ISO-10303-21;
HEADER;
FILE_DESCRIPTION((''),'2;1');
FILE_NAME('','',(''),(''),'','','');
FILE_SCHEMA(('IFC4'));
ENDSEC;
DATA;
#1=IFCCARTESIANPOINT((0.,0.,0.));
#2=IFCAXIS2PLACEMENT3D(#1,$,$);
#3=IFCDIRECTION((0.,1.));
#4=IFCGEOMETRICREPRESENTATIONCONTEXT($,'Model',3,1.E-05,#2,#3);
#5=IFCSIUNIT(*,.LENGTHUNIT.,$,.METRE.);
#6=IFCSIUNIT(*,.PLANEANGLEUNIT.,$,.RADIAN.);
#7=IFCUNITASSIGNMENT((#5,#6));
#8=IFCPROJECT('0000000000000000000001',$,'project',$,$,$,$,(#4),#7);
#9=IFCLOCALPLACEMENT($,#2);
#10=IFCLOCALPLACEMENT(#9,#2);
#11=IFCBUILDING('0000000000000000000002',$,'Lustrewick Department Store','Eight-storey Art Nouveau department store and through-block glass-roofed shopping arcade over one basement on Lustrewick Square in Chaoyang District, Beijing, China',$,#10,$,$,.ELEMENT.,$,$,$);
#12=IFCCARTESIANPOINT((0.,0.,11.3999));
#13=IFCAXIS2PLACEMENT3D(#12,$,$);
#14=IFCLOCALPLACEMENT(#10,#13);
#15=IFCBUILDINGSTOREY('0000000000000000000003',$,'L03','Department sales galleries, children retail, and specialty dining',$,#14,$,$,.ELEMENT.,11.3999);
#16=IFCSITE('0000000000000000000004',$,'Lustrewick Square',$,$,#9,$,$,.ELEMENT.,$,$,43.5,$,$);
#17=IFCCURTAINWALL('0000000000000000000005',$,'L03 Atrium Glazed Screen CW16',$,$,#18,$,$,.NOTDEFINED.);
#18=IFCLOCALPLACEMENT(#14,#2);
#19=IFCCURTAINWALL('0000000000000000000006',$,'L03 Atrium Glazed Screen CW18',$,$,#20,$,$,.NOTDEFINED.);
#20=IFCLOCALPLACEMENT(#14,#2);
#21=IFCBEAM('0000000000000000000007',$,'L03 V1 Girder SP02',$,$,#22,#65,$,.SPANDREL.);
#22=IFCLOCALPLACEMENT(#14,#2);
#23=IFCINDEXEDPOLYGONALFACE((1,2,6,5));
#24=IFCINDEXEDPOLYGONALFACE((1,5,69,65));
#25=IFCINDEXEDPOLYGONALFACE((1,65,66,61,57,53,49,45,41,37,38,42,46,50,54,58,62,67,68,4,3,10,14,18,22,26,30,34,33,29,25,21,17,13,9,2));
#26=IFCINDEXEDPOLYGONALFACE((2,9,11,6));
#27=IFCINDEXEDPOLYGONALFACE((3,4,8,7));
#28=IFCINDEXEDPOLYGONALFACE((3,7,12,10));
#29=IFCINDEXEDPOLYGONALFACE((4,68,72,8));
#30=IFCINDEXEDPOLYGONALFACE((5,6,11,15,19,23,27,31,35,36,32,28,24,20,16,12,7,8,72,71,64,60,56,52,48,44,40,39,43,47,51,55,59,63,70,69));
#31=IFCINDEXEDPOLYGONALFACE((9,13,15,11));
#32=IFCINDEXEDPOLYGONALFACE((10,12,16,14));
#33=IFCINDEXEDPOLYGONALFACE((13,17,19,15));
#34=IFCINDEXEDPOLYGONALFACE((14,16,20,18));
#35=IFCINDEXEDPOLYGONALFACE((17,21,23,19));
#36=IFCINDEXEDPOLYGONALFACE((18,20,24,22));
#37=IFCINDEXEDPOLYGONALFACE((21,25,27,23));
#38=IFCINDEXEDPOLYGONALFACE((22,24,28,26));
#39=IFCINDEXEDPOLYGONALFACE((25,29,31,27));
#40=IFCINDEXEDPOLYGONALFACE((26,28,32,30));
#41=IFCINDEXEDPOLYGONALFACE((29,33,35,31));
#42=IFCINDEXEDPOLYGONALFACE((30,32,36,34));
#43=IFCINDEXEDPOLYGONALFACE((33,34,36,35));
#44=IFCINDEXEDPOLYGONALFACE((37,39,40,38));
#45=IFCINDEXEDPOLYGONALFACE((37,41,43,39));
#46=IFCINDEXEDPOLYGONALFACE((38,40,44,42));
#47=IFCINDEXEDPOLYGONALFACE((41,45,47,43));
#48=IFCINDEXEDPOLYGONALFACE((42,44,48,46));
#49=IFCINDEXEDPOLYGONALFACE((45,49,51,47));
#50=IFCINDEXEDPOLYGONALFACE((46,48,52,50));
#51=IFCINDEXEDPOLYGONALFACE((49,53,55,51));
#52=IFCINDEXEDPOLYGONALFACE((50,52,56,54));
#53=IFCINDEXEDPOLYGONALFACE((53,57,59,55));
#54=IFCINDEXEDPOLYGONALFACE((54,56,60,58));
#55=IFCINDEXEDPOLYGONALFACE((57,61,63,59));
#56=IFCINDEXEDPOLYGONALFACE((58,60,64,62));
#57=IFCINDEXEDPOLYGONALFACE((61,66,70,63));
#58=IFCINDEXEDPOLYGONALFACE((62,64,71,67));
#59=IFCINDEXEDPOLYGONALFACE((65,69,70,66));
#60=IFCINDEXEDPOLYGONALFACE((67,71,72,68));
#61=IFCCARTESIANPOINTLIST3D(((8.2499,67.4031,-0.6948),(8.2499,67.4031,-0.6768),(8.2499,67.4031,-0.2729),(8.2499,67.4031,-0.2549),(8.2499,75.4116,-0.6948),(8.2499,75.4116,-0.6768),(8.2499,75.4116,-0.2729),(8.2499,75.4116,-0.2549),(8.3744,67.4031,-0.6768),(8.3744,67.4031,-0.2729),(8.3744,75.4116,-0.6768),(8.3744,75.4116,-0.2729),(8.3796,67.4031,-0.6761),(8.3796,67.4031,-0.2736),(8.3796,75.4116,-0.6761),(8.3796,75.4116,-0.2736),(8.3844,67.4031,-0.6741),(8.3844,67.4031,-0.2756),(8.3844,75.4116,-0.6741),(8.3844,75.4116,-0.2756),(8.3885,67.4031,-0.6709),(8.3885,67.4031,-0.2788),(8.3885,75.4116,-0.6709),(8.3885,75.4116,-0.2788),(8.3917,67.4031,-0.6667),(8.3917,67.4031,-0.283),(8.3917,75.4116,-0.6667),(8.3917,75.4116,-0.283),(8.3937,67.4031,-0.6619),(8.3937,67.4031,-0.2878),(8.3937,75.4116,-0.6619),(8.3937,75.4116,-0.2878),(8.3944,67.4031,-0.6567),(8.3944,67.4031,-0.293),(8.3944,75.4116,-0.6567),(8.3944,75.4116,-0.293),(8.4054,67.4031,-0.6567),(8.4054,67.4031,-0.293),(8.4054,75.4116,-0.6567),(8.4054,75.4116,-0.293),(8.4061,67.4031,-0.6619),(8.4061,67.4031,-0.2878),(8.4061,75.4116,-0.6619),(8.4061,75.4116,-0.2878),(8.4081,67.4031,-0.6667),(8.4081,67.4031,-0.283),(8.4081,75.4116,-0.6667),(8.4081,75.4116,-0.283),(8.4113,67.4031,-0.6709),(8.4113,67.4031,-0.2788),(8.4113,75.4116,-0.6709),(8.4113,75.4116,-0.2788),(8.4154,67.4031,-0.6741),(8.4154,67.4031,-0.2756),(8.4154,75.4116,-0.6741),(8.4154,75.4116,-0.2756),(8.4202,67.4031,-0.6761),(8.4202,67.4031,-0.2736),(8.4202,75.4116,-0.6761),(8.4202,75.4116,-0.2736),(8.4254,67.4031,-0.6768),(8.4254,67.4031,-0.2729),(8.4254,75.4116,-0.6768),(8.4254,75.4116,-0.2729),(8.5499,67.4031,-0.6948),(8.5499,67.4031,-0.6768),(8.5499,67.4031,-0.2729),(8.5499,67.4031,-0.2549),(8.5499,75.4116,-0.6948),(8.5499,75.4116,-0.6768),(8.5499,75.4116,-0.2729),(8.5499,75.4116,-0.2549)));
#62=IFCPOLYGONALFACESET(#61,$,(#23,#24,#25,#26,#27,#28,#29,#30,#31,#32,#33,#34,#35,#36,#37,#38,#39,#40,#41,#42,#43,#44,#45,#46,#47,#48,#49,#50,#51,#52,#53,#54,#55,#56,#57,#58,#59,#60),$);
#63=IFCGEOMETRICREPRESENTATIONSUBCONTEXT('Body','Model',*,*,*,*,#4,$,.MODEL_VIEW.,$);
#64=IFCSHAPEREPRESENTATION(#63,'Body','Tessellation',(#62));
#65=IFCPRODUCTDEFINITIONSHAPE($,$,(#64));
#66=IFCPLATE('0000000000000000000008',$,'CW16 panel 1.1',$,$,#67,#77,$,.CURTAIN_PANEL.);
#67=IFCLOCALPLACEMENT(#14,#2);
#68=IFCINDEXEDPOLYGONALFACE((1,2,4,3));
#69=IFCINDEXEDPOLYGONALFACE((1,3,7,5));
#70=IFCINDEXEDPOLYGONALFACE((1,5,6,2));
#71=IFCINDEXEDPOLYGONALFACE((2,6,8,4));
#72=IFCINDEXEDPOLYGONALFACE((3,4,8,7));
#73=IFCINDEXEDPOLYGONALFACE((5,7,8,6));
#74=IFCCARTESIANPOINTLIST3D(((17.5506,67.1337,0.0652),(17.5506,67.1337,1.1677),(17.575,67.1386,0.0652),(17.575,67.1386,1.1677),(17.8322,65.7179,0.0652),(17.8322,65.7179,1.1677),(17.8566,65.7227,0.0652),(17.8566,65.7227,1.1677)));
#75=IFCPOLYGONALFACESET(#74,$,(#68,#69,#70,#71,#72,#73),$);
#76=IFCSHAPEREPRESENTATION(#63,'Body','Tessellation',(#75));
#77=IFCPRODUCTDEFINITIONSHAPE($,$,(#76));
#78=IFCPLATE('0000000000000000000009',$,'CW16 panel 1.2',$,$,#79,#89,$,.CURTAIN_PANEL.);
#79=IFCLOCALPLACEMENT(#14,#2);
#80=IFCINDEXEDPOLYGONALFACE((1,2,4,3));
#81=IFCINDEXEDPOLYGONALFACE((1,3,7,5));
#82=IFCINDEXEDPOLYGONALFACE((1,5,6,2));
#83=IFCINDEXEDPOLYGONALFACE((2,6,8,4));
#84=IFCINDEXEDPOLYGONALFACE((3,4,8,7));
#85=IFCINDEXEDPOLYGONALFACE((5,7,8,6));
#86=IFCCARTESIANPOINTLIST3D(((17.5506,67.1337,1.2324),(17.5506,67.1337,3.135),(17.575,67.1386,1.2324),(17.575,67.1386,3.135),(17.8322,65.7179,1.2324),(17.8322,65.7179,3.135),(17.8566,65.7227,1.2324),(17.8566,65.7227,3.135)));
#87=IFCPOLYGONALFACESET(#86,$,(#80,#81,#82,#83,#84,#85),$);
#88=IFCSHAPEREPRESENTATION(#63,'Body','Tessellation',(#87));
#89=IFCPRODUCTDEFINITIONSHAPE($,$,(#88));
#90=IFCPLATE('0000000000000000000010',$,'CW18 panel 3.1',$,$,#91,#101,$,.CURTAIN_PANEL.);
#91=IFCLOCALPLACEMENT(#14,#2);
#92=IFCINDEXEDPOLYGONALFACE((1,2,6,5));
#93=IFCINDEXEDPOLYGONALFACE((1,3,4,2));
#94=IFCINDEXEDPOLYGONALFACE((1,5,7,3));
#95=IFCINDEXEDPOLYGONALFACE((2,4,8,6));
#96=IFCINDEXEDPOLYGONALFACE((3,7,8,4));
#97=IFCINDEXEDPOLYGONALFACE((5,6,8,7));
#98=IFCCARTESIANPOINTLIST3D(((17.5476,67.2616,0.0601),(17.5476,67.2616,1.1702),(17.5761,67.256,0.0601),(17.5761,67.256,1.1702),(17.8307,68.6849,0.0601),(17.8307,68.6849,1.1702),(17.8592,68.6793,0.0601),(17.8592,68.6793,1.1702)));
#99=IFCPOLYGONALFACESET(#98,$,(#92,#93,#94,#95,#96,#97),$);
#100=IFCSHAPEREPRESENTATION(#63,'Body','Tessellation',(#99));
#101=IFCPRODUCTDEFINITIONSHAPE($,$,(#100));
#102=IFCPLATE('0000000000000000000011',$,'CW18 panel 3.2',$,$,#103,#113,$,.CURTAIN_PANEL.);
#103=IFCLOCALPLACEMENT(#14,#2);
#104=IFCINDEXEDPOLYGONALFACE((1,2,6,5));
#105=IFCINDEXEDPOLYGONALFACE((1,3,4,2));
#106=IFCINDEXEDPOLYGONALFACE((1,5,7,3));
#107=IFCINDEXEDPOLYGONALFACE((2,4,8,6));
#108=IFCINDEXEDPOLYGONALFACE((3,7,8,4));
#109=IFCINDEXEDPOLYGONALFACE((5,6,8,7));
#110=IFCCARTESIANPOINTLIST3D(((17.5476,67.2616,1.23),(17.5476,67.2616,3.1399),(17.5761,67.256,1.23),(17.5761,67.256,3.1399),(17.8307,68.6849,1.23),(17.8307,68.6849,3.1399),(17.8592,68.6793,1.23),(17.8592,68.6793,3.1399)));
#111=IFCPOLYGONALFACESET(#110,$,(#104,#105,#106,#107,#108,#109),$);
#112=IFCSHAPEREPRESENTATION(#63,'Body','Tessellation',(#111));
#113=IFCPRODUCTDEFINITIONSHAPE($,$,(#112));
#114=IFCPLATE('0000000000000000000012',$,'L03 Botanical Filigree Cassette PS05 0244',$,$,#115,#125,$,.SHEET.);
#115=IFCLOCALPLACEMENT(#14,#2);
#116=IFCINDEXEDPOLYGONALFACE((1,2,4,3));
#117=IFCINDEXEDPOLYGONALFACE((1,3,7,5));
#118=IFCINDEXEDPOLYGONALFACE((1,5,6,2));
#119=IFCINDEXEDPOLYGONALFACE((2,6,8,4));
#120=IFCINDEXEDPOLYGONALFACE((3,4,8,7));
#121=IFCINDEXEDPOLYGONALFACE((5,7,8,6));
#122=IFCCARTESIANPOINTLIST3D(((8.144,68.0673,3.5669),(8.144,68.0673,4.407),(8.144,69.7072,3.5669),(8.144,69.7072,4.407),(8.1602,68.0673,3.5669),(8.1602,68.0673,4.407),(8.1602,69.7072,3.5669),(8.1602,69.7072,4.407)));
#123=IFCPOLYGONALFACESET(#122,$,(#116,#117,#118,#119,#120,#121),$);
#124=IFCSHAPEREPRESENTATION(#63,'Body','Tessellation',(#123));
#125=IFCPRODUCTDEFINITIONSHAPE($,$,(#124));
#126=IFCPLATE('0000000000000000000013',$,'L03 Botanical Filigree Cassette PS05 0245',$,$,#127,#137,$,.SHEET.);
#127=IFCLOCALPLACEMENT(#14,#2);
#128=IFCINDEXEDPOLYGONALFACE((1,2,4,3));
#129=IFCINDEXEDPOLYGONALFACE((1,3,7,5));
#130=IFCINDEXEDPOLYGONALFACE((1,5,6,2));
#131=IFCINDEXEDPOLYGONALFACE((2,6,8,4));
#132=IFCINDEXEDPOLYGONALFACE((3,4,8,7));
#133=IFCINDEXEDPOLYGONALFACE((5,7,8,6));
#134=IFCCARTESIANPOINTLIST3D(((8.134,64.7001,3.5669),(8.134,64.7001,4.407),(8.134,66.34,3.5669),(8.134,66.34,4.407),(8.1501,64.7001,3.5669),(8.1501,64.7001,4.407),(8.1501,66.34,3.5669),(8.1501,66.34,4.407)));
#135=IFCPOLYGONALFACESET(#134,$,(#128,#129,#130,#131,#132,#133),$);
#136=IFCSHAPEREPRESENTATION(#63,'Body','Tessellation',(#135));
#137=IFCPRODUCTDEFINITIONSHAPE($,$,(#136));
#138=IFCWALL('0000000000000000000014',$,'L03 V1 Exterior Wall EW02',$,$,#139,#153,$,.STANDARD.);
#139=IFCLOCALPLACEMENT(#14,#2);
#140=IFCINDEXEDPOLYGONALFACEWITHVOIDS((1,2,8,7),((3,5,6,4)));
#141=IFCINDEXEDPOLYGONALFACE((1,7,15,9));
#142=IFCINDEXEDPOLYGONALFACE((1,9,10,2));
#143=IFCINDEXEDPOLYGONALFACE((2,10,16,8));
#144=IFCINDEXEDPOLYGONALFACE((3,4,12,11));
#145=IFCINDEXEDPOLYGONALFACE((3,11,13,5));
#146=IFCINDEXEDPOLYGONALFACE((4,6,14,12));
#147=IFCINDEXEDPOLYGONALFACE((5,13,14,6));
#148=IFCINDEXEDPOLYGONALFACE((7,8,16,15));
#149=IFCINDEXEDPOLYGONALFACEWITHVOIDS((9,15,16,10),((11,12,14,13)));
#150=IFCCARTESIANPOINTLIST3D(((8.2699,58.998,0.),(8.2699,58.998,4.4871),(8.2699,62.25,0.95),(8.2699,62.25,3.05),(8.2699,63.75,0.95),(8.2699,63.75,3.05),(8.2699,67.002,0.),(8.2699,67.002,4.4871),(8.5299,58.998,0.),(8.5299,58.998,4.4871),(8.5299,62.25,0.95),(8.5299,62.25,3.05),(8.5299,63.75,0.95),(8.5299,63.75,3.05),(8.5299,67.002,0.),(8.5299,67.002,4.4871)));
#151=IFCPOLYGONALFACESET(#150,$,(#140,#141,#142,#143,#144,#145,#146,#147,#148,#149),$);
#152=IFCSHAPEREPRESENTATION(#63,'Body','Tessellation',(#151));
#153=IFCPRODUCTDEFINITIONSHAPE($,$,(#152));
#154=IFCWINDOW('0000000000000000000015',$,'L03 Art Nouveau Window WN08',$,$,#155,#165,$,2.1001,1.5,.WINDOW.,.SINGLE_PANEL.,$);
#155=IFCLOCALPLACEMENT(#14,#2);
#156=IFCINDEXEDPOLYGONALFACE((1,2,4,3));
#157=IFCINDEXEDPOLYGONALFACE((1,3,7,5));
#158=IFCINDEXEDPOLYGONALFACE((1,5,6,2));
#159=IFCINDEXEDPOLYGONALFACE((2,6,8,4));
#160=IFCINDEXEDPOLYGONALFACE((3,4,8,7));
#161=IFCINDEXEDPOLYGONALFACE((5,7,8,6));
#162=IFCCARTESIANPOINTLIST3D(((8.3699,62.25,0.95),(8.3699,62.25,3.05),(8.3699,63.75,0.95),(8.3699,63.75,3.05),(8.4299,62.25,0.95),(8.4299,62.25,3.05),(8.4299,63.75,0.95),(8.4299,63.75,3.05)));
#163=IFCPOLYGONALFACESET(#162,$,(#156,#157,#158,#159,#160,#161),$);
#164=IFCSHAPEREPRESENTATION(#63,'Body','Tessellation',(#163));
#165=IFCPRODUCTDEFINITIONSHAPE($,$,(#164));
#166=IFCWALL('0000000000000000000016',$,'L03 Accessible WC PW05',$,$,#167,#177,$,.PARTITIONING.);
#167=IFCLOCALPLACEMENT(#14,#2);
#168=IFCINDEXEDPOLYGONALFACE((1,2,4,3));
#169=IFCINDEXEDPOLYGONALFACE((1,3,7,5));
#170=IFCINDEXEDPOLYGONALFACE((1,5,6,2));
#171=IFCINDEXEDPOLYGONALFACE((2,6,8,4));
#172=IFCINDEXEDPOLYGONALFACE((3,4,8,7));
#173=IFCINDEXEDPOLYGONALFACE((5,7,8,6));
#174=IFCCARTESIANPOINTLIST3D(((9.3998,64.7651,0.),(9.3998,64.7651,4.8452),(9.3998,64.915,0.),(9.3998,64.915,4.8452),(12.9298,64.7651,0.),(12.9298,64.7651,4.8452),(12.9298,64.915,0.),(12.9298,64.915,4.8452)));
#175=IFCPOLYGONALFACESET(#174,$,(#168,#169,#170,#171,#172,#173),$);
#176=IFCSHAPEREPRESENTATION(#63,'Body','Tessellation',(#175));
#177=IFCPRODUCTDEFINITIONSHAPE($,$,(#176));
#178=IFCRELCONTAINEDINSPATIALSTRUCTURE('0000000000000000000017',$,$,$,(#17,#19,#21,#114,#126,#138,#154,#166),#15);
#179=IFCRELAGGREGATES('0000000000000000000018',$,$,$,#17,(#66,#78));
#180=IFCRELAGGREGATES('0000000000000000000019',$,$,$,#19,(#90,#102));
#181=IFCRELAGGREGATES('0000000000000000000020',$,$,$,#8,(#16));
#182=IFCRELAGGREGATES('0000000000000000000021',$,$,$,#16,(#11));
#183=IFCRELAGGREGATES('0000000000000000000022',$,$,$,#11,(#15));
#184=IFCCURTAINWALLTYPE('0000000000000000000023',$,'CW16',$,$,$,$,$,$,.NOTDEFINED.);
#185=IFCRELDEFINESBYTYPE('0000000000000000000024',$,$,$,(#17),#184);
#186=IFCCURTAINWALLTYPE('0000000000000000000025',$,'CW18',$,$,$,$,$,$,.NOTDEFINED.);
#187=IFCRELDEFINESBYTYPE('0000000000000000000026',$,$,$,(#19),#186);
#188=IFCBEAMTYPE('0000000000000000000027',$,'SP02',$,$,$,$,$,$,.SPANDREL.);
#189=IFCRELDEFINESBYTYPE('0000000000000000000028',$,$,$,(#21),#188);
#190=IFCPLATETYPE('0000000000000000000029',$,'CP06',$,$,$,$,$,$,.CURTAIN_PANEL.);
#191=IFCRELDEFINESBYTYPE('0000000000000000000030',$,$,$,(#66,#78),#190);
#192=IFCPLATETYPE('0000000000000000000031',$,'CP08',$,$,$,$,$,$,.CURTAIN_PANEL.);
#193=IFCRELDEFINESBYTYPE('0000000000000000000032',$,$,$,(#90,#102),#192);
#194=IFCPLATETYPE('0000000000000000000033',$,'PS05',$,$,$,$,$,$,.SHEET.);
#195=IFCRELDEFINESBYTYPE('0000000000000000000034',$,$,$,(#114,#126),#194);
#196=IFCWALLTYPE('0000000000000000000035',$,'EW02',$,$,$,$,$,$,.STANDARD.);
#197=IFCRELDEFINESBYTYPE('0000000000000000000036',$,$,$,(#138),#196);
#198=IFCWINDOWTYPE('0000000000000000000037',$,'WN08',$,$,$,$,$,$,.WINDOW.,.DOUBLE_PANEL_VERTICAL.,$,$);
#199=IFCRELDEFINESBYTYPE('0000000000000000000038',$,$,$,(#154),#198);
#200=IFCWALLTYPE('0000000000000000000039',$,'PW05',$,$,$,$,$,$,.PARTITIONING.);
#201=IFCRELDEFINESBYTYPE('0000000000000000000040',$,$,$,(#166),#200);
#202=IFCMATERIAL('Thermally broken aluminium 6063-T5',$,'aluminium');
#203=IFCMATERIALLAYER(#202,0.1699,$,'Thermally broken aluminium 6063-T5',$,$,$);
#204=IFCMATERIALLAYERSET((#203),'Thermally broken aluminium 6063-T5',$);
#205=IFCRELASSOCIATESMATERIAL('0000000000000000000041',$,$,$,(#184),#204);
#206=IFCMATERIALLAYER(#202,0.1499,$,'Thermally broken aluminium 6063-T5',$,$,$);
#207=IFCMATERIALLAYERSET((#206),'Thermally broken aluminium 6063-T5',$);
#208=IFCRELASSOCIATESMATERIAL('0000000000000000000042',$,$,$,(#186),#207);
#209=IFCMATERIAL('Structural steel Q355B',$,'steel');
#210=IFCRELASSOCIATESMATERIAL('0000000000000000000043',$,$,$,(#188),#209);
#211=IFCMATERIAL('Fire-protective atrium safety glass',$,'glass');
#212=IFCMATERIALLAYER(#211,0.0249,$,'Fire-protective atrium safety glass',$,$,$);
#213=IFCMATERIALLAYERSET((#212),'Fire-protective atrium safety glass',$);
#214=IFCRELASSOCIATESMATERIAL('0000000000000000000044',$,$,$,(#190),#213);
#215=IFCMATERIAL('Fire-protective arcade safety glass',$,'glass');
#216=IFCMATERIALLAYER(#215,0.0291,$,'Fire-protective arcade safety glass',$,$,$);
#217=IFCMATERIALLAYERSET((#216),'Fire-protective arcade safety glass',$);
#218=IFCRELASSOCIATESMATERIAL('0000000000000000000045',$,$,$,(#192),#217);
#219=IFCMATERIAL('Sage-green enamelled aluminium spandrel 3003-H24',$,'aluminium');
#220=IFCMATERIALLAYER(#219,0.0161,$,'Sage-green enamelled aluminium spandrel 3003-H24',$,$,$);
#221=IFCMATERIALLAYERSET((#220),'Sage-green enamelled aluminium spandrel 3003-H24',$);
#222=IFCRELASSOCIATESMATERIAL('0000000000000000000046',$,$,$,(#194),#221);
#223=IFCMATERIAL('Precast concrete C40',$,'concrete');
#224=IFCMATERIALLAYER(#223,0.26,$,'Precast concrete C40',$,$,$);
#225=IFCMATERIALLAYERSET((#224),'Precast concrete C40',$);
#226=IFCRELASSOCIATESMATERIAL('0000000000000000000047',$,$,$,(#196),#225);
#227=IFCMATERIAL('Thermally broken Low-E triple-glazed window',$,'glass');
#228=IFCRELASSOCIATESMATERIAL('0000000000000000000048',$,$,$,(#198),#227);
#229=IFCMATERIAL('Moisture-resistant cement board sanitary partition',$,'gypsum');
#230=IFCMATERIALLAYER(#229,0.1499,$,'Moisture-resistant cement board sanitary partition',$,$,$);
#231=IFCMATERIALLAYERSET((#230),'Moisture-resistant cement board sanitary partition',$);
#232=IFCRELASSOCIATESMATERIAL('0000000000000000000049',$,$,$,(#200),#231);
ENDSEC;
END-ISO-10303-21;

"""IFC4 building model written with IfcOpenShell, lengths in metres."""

from ifc_helpers import new_model, si_unit, direction, frame, frame_2d, origin, origin_2d, place, context, subcontext, project, spatial, rectangle, i_section, extrude, material, layer, layer_set, material_profile, profile_set, type_object, element, fill, aggregate, save


model = new_model("IFC4")

# Units and contexts
model_context = context("Model", 3, precision=1e-05, world=origin(), true_north=direction((0.0, 1.0)))
body_context = subcontext(model_context, "Body", "Model", "MODEL_VIEW")
ifc_project = project(units=[si_unit("LENGTHUNIT", "METRE"), si_unit("PLANEANGLEUNIT", "RADIAN")], contexts=[model_context])

# Site, building, storey
site_placement = place(None, origin())
site = spatial("IfcSite", under=ifc_project, at=site_placement, Name="Lustrewick Square", CompositionType="ELEMENT", RefElevation=43.5)
building_placement = place(site_placement, origin())
building = spatial("IfcBuilding", under=site, at=building_placement, Name="Lustrewick Department Store", Description="Eight-storey Art Nouveau department store and through-block glass-roofed shopping arcade over one basement on Lustrewick Square in Chaoyang District, Beijing, China", CompositionType="ELEMENT")
storey_placement = place(building_placement, frame((0.0, 0.0, 11.3999)))
storey = spatial("IfcBuildingStorey", under=building, at=storey_placement, Name="L03", Description="Department sales galleries, children retail, and specialty dining", CompositionType="ELEMENT", Elevation=11.3999)

# Shared definitions
ifc_material_1 = material(Name="Structural steel Q355B", Category="steel")

# Curtain wall
ifc_material_2 = material(Name="Thermally broken aluminium 6063-T5", Category="aluminium")
ifc_layer_1 = layer(ifc_material_2, 0.1699, Name="Thermally broken aluminium 6063-T5")
ifc_layer_set_1 = layer_set([ifc_layer_1], Name="Thermally broken aluminium 6063-T5")
curtain_wall_type_1 = type_object("IfcCurtainWallType", Name="CW16", PredefinedType="NOTDEFINED", material=ifc_layer_set_1)
curtain_wall_1_placement = place(storey_placement, origin())
curtain_wall_1 = element("IfcCurtainWall", 1, at=curtain_wall_1_placement, inside=storey, type_object=curtain_wall_type_1, Name="L03 Atrium Glazed Screen CW16", PredefinedType="NOTDEFINED")

# Curtain wall
ifc_layer_2 = layer(ifc_material_2, 0.1499, Name="Thermally broken aluminium 6063-T5")
ifc_layer_set_2 = layer_set([ifc_layer_2], Name="Thermally broken aluminium 6063-T5")
curtain_wall_type_2 = type_object("IfcCurtainWallType", Name="CW18", PredefinedType="NOTDEFINED", material=ifc_layer_set_2)
curtain_wall_2_placement = place(storey_placement, origin())
curtain_wall_2 = element("IfcCurtainWall", 2, at=curtain_wall_2_placement, inside=storey, type_object=curtain_wall_type_2, Name="L03 Atrium Glazed Screen CW18", PredefinedType="NOTDEFINED")

# Beam
ifc_material_profile_1 = material_profile(ifc_material_1, i_section(OverallWidth=0.3, OverallDepth=0.4399, WebThickness=0.011, FlangeThickness=0.0181, FilletRadius=0.02, at=origin_2d()), Name="HM 440x300x11x18")
ifc_profile_set_1 = profile_set([ifc_material_profile_1], Name="Structural steel Q355B")
beam_type_1 = type_object("IfcBeamType", Name="SP02", PredefinedType="SPANDREL", material=ifc_profile_set_1)
beam_1_placement = place(storey_placement, frame((8.3999, 67.4031, -0.4749), z_axis=(0.0, 1.0, 0.0), x_axis=(-1.0, 0.0, 0.0)))
element("IfcBeam", 3, at=beam_1_placement, inside=storey, type_object=beam_type_1, Name="L03 V1 Girder SP02", PredefinedType="SPANDREL", context=body_context, shape_type="SweptSolid", body=[
    extrude(i_section(OverallWidth=0.3, OverallDepth=0.4399, WebThickness=0.011, FlangeThickness=0.0181, FilletRadius=0.02, at=origin_2d()), origin(), (0.0, 0.0, 1.0), 8.0085),
])

# Plates
ifc_material_3 = material(Name="Fire-protective atrium safety glass", Category="glass")
ifc_layer_3 = layer(ifc_material_3, 0.0249, Name="Fire-protective atrium safety glass")
ifc_layer_set_3 = layer_set([ifc_layer_3], Name="Fire-protective atrium safety glass")
plate_type_1 = type_object("IfcPlateType", Name="CP06", PredefinedType="CURTAIN_PANEL", material=ifc_layer_set_3)
plate_1_placement = place(storey_placement, frame((17.7036, 66.4282, 0.0652), z_axis=(0.0, 0.0, 1.0), x_axis=(0.195085, -0.980786, 0.0)))
plate_1 = element("IfcPlate", 4, at=plate_1_placement, type_object=plate_type_1, Name="CW16 panel 1.1", PredefinedType="CURTAIN_PANEL", context=body_context, shape_type="SweptSolid", body=[
    extrude(rectangle(XDim=1.4436, YDim=0.0249, at=origin_2d()), origin(), (0.0, 0.0, 1.0), 1.1025),
])
plate_2_placement = place(storey_placement, frame((17.7036, 66.4282, 1.2324), z_axis=(0.0, 0.0, 1.0), x_axis=(0.195085, -0.980786, 0.0)))
plate_2 = element("IfcPlate", 5, at=plate_2_placement, type_object=plate_type_1, Name="CW16 panel 1.2", PredefinedType="CURTAIN_PANEL", context=body_context, shape_type="SweptSolid", body=[
    extrude(rectangle(XDim=1.4436, YDim=0.0249, at=origin_2d()), origin(), (0.0, 0.0, 1.0), 1.9026),
])
aggregate(curtain_wall_1, [plate_1, plate_2])
ifc_material_4 = material(Name="Fire-protective arcade safety glass", Category="glass")
ifc_layer_4 = layer(ifc_material_4, 0.0291, Name="Fire-protective arcade safety glass")
ifc_layer_set_4 = layer_set([ifc_layer_4], Name="Fire-protective arcade safety glass")
plate_type_2 = type_object("IfcPlateType", Name="CP08", PredefinedType="CURTAIN_PANEL", material=ifc_layer_set_4)
plate_3_placement = place(storey_placement, frame((17.7034, 67.9705, 0.0601), z_axis=(0.0, 0.0, 1.0), x_axis=(-0.195085, -0.980786, 0.0)))
plate_3 = element("IfcPlate", 6, at=plate_3_placement, type_object=plate_type_2, Name="CW18 panel 3.1", PredefinedType="CURTAIN_PANEL", context=body_context, shape_type="SweptSolid", body=[
    extrude(rectangle(XDim=1.4512, YDim=0.0291, at=origin_2d()), origin(), (0.0, 0.0, 1.0), 1.1101),
])
plate_4_placement = place(storey_placement, frame((17.7034, 67.9705, 1.23), z_axis=(0.0, 0.0, 1.0), x_axis=(-0.195085, -0.980786, 0.0)))
plate_4 = element("IfcPlate", 7, at=plate_4_placement, type_object=plate_type_2, Name="CW18 panel 3.2", PredefinedType="CURTAIN_PANEL", context=body_context, shape_type="SweptSolid", body=[
    extrude(rectangle(XDim=1.4512, YDim=0.0291, at=origin_2d()), origin(), (0.0, 0.0, 1.0), 1.9099),
])
aggregate(curtain_wall_2, [plate_3, plate_4])

# Plates
ifc_material_5 = material(Name="Sage-green enamelled aluminium spandrel 3003-H24", Category="aluminium")
ifc_layer_5 = layer(ifc_material_5, 0.0161, Name="Sage-green enamelled aluminium spandrel 3003-H24")
ifc_layer_set_5 = layer_set([ifc_layer_5], Name="Sage-green enamelled aluminium spandrel 3003-H24")
plate_type_3 = type_object("IfcPlateType", Name="PS05", PredefinedType="SHEET", material=ifc_layer_set_5)
for number, where, z_axis, x_axis, name in (
    (8, (8.1521, 68.8872, 3.5669), (0.0, 0.0, 1.0), (0.0, -1.0, 0.0), "L03 Botanical Filigree Cassette PS05 0244"),
    (9, (8.1421, 65.52, 3.5669), (0.0, 0.0, 1.0), (0.0, -1.0, 0.0), "L03 Botanical Filigree Cassette PS05 0245"),
):
    element("IfcPlate", number, at=place(storey_placement, frame(where, z_axis=z_axis, x_axis=x_axis)), inside=storey, type_object=plate_type_3, Name=name, PredefinedType="SHEET", context=body_context, shape_type="SweptSolid", body=[
        extrude(rectangle(XDim=1.6399, YDim=0.0161, at=origin_2d()), origin(), (0.0, 0.0, 1.0), 0.8401),
    ])

# Wall, opening, window
ifc_material_6 = material(Name="Precast concrete C40", Category="concrete")
ifc_layer_6 = layer(ifc_material_6, 0.26, Name="Precast concrete C40")
ifc_layer_set_6 = layer_set([ifc_layer_6], Name="Precast concrete C40")
wall_type_1 = type_object("IfcWallType", Name="EW02", PredefinedType="STANDARD", material=ifc_layer_set_6)
wall_1_placement = place(storey_placement, frame((8.3999, 67.002, 0.0), z_axis=(0.0, 0.0, 1.0), x_axis=(0.0, -1.0, 0.0)))
wall_1 = element("IfcWall", 10, at=wall_1_placement, inside=storey, type_object=wall_type_1, Name="L03 V1 Exterior Wall EW02", PredefinedType="STANDARD", context=body_context, shape_type="SweptSolid", body=[
    extrude(rectangle(XDim=8.0039, YDim=0.26, at=frame_2d((4.002, 0.0))), origin(), (0.0, 0.0, 1.0), 4.4871),
])
opening_1_placement = place(wall_1_placement, frame((3.252, 0.0, 0.95)))
opening_1 = element("IfcOpeningElement", 11, at=opening_1_placement, cuts=wall_1, PredefinedType="OPENING", context=body_context, shape_type="SweptSolid", body=[
    extrude(rectangle(XDim=1.5, YDim=2.1001, at=frame_2d((0.75, 1.05))), frame((0.0, 0.1401, 0.0), z_axis=(0.0, -1.0, 0.0), x_axis=(1.0, 0.0, 0.0)), (0.0, 0.0, 1.0), 0.28),
])
ifc_material_7 = material(Name="Thermally broken Low-E triple-glazed window", Category="glass")
window_type = type_object("IfcWindowType", Name="WN08", PartitioningType="DOUBLE_PANEL_VERTICAL", PredefinedType="WINDOW", material=ifc_material_7)
window_placement = place(opening_1_placement, origin())
window = element("IfcWindow", 12, at=window_placement, inside=storey, type_object=window_type, Name="L03 Art Nouveau Window WN08", OverallHeight=2.1001, OverallWidth=1.5, PartitioningType="SINGLE_PANEL", PredefinedType="WINDOW", context=body_context, shape_type="SweptSolid", body=[
    extrude(rectangle(XDim=1.5, YDim=2.1001, at=frame_2d((0.75, 1.05))), frame((0.0, 0.03, 0.0), z_axis=(0.0, -1.0, 0.0), x_axis=(1.0, 0.0, 0.0)), (0.0, 0.0, 1.0), 0.0601),
])
fill(opening_1, window)

# Wall
ifc_material_8 = material(Name="Moisture-resistant cement board sanitary partition", Category="gypsum")
ifc_layer_7 = layer(ifc_material_8, 0.1499, Name="Moisture-resistant cement board sanitary partition")
ifc_layer_set_7 = layer_set([ifc_layer_7], Name="Moisture-resistant cement board sanitary partition")
wall_type_2 = type_object("IfcWallType", Name="PW05", PredefinedType="PARTITIONING", material=ifc_layer_set_7)
wall_2_placement = place(storey_placement, frame((12.9299, 64.8401, 0.0), z_axis=(0.0, 0.0, 1.0), x_axis=(-1.0, 0.0, 0.0)))
element("IfcWall", 13, at=wall_2_placement, inside=storey, type_object=wall_type_2, Name="L03 Accessible WC PW05", PredefinedType="PARTITIONING", context=body_context, shape_type="SweptSolid", body=[
    extrude(rectangle(XDim=3.53, YDim=0.1499, at=frame_2d((1.7651, 0.0))), origin(), (0.0, 0.0, 1.0), 4.8452),
])

save(model, "model.ifc")
